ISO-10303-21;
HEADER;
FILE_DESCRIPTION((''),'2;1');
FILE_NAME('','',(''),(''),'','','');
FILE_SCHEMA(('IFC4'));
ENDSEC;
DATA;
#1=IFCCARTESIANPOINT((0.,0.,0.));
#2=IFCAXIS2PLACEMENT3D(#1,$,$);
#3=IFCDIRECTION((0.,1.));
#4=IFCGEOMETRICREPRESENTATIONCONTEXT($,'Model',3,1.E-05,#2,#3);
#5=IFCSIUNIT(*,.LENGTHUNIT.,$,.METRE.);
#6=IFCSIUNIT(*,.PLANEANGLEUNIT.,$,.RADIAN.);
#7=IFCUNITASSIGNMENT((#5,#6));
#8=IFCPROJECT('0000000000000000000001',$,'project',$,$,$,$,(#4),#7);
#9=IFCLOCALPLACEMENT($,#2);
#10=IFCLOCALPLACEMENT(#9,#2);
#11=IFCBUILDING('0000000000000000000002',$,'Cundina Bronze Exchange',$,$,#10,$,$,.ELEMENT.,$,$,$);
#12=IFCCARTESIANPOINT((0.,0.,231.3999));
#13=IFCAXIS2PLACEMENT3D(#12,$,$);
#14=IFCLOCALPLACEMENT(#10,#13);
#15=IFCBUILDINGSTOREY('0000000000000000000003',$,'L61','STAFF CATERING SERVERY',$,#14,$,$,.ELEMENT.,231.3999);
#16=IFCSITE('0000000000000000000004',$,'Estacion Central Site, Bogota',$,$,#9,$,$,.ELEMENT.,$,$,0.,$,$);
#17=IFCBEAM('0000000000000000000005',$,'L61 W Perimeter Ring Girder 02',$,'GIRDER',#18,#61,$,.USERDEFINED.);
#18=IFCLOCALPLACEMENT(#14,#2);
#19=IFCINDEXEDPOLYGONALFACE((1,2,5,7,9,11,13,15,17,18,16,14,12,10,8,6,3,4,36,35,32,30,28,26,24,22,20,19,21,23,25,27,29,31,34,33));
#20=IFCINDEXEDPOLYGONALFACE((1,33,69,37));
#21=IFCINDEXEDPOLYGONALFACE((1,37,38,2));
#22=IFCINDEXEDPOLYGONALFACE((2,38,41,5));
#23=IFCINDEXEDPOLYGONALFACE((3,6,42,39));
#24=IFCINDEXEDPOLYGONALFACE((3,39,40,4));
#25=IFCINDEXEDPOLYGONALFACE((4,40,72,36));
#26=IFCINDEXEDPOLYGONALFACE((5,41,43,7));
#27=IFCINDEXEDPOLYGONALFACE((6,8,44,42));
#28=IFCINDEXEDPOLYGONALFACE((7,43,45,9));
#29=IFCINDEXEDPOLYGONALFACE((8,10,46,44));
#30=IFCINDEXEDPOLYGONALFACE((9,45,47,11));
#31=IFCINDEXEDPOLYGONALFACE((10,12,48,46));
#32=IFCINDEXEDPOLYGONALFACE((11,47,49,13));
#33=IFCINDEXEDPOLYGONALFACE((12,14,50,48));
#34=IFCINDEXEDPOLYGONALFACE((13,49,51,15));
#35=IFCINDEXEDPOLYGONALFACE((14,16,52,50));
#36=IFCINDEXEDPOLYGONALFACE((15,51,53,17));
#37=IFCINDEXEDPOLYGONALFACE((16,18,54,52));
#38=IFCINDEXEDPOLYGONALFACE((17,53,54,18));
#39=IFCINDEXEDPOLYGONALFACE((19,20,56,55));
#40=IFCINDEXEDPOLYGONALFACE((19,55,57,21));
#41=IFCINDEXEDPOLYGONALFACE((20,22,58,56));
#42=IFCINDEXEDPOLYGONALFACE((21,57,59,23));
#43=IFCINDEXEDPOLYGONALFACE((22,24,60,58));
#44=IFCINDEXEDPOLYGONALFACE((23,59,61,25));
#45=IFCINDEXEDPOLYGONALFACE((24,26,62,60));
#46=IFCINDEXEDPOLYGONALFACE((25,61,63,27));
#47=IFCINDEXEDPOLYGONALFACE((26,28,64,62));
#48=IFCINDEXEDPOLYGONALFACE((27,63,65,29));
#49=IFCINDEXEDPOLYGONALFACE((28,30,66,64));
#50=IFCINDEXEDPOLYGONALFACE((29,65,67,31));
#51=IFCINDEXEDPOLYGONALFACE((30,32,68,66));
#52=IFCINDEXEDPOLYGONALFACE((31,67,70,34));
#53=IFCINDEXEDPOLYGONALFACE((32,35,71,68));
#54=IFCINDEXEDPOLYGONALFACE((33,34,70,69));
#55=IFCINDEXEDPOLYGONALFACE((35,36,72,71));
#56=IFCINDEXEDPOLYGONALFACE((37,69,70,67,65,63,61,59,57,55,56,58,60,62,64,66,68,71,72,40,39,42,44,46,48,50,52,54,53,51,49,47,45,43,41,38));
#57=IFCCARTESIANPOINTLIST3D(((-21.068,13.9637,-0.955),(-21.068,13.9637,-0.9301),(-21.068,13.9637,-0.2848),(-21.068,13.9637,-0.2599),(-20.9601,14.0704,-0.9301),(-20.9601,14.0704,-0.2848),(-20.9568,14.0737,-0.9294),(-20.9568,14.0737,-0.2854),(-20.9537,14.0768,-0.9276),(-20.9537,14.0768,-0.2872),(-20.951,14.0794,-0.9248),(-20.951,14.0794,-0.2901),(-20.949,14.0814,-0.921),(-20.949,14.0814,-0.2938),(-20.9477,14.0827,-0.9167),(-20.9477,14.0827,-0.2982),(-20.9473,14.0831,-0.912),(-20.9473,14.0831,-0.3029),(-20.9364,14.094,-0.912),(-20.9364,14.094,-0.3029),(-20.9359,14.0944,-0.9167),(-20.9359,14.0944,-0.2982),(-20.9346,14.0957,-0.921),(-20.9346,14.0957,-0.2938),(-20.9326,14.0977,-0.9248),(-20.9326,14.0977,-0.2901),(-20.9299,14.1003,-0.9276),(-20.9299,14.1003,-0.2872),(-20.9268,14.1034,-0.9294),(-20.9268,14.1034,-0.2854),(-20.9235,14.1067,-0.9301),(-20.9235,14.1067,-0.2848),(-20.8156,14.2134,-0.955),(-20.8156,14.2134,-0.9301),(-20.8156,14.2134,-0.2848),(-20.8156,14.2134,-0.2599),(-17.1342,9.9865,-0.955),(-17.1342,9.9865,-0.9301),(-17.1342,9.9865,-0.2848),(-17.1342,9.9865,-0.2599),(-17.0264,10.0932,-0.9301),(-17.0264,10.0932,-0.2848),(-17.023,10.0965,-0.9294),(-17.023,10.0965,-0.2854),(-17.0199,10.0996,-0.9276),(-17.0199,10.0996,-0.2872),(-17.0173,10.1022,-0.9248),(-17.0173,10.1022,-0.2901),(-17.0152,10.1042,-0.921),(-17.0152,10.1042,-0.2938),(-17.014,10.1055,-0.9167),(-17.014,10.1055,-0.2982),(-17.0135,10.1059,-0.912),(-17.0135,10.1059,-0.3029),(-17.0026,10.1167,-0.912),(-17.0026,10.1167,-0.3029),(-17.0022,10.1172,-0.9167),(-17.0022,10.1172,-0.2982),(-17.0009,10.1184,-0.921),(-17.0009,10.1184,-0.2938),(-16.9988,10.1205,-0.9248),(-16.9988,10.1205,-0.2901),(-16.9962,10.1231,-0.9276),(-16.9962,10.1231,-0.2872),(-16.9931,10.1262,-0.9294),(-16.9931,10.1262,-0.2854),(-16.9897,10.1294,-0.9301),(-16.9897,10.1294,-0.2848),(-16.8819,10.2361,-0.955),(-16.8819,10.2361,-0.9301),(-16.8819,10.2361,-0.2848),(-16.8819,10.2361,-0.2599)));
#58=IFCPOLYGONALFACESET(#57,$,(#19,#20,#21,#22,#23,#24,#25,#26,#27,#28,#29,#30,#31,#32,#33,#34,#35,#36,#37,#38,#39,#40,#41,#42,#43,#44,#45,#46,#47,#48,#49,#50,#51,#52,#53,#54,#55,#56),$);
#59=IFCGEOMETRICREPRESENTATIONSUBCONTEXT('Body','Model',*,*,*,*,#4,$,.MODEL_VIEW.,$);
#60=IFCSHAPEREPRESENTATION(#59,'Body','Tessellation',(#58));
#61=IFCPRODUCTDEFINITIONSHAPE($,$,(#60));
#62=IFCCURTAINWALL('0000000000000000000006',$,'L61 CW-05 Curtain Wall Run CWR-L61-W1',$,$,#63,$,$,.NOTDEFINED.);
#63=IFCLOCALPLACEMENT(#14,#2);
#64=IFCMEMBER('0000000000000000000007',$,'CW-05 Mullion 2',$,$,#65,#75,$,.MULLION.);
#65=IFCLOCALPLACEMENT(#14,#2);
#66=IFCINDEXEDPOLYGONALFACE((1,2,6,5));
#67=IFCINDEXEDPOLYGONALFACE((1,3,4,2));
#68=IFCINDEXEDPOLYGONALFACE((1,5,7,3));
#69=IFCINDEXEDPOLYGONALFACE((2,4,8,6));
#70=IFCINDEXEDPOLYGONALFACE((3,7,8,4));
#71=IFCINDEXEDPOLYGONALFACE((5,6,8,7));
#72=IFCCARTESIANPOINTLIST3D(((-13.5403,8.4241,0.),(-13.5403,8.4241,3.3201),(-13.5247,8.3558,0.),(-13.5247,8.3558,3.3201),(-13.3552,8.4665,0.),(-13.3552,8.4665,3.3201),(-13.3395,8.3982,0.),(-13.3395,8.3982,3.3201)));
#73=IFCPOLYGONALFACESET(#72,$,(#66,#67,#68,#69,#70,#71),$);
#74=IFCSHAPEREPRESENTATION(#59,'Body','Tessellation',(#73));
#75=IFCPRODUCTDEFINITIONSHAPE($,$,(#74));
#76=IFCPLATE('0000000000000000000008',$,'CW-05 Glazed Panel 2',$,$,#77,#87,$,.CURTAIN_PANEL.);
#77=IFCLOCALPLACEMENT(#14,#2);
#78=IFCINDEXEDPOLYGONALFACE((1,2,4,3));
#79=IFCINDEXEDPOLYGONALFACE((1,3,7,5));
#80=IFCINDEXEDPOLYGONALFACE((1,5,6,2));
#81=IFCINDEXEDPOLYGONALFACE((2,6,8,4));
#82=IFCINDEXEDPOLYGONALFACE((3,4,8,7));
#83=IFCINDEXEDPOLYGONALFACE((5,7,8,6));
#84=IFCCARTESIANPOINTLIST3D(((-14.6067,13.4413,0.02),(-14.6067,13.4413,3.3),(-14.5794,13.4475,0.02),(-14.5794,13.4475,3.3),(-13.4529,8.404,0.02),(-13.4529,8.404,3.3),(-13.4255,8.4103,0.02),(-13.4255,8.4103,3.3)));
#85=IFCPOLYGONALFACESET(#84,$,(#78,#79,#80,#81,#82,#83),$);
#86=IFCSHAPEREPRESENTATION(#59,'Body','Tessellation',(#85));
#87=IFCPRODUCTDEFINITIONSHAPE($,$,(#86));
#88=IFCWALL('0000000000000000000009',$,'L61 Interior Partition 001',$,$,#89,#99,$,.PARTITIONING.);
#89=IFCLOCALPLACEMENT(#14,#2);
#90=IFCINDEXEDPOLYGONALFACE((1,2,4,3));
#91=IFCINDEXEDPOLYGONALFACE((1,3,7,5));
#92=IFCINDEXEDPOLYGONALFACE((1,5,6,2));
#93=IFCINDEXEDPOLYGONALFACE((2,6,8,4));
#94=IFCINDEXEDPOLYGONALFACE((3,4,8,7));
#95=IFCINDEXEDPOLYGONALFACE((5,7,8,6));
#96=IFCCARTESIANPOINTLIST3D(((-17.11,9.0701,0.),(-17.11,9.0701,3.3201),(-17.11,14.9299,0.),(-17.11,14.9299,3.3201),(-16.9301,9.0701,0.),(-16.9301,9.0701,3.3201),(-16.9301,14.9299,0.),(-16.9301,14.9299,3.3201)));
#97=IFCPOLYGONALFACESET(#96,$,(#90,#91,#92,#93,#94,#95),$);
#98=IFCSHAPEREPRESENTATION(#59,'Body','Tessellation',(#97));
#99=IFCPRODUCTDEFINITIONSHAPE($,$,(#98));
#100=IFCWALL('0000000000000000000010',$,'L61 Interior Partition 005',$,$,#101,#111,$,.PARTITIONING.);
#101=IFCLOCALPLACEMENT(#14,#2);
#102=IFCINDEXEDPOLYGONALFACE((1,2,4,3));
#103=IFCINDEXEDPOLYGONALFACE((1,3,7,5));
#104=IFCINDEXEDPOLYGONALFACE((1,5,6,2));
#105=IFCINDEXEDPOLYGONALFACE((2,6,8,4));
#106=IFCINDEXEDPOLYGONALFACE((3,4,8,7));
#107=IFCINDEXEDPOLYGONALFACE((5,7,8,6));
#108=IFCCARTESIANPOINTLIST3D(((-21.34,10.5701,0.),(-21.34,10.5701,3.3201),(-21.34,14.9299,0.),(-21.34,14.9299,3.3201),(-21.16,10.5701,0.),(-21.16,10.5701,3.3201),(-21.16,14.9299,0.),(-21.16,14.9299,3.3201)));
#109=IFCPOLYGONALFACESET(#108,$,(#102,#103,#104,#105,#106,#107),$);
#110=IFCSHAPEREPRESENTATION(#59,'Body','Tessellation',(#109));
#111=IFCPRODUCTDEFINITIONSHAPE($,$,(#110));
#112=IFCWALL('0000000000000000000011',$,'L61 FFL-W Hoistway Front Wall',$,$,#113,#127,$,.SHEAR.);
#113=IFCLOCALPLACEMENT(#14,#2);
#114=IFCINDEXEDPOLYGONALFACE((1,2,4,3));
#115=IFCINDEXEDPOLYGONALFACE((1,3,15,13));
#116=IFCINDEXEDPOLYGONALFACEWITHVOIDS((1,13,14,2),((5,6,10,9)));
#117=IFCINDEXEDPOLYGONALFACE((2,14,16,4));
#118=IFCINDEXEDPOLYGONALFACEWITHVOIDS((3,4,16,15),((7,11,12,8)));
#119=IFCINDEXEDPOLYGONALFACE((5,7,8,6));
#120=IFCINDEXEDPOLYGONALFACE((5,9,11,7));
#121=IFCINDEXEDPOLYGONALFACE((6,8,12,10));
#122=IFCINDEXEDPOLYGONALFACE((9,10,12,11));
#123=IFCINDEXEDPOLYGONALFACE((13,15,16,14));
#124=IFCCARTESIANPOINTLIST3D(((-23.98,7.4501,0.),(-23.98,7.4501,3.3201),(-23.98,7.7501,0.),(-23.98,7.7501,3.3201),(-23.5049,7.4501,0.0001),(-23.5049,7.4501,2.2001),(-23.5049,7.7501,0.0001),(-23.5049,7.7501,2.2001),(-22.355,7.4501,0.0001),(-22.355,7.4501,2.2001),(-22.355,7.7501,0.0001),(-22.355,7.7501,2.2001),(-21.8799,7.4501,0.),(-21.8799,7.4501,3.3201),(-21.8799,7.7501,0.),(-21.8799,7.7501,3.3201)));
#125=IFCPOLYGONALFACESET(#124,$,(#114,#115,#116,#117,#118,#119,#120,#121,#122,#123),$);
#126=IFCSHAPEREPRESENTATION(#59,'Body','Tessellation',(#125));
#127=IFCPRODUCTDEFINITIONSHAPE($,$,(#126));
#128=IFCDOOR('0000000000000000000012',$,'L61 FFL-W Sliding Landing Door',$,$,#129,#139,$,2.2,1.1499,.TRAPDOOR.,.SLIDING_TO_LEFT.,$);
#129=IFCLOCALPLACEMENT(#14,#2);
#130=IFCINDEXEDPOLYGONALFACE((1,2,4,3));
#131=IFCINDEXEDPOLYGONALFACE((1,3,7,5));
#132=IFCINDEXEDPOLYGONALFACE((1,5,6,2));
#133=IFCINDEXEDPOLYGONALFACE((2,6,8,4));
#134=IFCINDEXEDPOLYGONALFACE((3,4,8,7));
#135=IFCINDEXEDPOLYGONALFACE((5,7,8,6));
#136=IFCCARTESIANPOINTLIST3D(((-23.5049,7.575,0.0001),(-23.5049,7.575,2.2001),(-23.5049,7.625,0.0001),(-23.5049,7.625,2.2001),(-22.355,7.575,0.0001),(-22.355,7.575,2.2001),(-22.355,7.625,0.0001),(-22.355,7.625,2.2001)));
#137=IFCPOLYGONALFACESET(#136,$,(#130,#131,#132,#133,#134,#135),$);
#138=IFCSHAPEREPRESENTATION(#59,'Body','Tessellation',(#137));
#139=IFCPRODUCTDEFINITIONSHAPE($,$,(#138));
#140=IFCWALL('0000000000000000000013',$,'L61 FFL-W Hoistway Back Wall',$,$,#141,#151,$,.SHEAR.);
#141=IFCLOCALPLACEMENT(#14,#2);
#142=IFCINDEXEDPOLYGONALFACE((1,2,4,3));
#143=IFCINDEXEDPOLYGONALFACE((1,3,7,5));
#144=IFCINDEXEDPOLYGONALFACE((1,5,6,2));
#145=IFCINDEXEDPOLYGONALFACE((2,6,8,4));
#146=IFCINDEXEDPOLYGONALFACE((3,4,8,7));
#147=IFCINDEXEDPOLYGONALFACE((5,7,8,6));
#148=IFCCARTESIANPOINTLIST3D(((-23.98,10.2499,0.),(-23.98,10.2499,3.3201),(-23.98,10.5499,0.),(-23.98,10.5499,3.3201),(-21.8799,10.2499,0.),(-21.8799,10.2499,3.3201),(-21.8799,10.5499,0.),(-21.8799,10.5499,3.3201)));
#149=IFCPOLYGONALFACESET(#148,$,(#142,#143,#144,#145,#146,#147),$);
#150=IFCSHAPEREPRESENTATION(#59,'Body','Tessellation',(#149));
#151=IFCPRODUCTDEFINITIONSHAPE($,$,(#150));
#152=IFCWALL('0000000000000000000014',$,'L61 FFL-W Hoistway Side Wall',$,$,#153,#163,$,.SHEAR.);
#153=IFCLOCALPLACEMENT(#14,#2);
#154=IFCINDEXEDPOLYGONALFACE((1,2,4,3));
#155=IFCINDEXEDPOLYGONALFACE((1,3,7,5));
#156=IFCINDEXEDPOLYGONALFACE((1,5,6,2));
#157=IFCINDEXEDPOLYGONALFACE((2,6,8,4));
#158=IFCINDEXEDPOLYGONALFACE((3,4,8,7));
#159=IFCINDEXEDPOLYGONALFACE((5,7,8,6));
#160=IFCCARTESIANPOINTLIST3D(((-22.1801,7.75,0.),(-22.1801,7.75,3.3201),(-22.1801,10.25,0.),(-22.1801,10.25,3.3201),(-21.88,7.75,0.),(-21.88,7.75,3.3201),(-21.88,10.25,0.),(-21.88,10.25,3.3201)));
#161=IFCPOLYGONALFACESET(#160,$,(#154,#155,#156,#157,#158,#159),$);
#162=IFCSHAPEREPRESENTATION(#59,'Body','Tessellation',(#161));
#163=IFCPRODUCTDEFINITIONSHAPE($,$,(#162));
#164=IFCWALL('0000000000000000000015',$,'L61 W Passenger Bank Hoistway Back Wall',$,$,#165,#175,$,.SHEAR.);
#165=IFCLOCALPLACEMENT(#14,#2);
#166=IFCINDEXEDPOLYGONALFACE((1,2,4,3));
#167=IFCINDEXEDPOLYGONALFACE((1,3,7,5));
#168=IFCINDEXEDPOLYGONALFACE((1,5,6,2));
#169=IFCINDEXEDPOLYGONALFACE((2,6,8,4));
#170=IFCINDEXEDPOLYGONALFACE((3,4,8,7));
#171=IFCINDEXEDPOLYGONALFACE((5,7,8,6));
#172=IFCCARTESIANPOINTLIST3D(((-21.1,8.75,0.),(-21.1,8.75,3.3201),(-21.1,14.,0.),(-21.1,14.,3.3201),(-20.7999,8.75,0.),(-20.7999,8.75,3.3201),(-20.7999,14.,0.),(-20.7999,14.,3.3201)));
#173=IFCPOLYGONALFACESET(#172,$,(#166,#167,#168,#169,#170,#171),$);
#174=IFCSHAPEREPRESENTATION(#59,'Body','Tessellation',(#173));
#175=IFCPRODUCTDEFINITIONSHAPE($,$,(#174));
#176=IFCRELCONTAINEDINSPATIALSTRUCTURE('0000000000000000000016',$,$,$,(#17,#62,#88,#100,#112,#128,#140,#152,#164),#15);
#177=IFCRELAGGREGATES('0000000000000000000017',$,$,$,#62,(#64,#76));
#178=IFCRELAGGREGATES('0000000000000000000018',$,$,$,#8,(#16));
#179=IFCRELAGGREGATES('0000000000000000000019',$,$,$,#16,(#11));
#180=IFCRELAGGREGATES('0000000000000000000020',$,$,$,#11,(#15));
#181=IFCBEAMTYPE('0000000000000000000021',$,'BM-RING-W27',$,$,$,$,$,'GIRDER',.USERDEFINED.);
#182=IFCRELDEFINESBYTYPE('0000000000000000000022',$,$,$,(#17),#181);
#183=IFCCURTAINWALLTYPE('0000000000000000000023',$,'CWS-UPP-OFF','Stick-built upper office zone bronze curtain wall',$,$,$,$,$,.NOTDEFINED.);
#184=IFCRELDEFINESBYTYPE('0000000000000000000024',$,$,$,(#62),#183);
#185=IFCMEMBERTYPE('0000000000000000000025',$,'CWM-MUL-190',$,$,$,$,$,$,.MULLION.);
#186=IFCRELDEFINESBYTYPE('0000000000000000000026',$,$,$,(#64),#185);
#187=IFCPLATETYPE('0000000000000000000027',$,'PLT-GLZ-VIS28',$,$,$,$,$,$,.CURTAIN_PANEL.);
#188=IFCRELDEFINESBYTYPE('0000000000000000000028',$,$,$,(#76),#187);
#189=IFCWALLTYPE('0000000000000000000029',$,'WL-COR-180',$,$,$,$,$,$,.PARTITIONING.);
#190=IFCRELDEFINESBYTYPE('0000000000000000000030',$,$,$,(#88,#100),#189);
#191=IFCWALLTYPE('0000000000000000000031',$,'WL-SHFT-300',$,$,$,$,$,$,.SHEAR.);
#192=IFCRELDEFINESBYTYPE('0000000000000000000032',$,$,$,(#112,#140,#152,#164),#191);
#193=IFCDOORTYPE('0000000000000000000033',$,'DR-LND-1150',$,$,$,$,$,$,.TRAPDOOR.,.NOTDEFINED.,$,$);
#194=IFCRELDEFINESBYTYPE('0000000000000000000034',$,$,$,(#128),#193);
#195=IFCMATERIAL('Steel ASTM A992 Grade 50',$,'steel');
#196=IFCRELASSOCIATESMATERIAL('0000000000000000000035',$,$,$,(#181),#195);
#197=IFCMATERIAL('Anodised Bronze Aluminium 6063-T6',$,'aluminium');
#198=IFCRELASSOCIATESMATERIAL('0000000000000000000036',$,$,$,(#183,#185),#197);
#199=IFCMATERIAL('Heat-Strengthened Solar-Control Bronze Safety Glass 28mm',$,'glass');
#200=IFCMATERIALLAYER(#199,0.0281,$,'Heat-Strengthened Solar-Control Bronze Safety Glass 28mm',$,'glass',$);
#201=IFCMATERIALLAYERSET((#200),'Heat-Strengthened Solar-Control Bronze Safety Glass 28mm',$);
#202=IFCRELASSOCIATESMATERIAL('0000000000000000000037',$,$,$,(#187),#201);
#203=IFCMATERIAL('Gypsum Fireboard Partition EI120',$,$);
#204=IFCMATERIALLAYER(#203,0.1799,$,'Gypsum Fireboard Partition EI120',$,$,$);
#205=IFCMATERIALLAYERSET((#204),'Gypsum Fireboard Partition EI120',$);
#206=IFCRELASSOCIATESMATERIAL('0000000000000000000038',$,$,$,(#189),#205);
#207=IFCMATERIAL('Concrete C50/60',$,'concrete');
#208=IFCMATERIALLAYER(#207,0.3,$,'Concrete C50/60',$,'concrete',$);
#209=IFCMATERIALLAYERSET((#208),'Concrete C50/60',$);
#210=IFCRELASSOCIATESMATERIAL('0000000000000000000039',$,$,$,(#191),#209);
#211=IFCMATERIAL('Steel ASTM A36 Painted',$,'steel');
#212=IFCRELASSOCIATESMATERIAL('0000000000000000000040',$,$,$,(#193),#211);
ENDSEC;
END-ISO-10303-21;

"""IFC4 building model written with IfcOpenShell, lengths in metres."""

from ifc_helpers import new_model, si_unit, direction, frame, frame_2d, origin, origin_2d, place, context, subcontext, project, spatial, rectangle, i_section, extrude, material, layer, layer_set, material_profile, profile_set, type_object, element, fill, aggregate, save


model = new_model("IFC4")

# Units and contexts
model_context = context("Model", 3, precision=1e-05, world=origin(), true_north=direction((0.0, 1.0)))
body_context = subcontext(model_context, "Body", "Model", "MODEL_VIEW")
ifc_project = project(units=[si_unit("LENGTHUNIT", "METRE"), si_unit("PLANEANGLEUNIT", "RADIAN")], contexts=[model_context])

# Site, building, storey
site_placement = place(None, origin())
site = spatial("IfcSite", under=ifc_project, at=site_placement, Name="Estacion Central Site, Bogota", CompositionType="ELEMENT", RefElevation=0.0)
building_placement = place(site_placement, origin())
building = spatial("IfcBuilding", under=site, at=building_placement, Name="Cundina Bronze Exchange", CompositionType="ELEMENT")
storey_placement = place(building_placement, frame((0.0, 0.0, 231.3999)))
storey = spatial("IfcBuildingStorey", under=building, at=storey_placement, Name="L61", Description="STAFF CATERING SERVERY", CompositionType="ELEMENT", Elevation=231.3999)

# Shared definitions
ifc_material_1 = material(Name="Concrete C50/60", Category="concrete")

# Beam
ifc_material_2 = material(Name="Steel ASTM A992 Grade 50", Category="steel")
ifc_material_profile_1 = material_profile(ifc_material_2, i_section(OverallWidth=0.355, OverallDepth=0.6951, WebThickness=0.0154, FlangeThickness=0.0249, FilletRadius=0.0181, at=origin_2d()), Name="W27X146", Category="steel")
ifc_profile_set_1 = profile_set([ifc_material_profile_1], Name="Steel ASTM A992 Grade 50")
beam_type_1 = type_object("IfcBeamType", Name="BM-RING-W27", ElementType="GIRDER", PredefinedType="USERDEFINED", material=ifc_profile_set_1)
beam_1_placement = place(storey_placement, frame((-17.0081, 10.1113, -0.6074), z_axis=(-0.703212, 0.71098, 0.0), x_axis=(-0.71098, -0.703212, 0.0)))
element("IfcBeam", 1, at=beam_1_placement, inside=storey, type_object=beam_type_1, Name="L61 W Perimeter Ring Girder 02", ObjectType="GIRDER", PredefinedType="USERDEFINED", context=body_context, shape_type="SweptSolid", body=[
    extrude(i_section(OverallWidth=0.355, OverallDepth=0.6951, WebThickness=0.0154, FlangeThickness=0.0249, FilletRadius=0.0181, at=origin_2d()), origin(), (0.0, 0.0, 1.0), 5.594),
])

# Curtain wall, member, plate
ifc_material_3 = material(Name="Anodised Bronze Aluminium 6063-T6", Category="aluminium")
curtain_wall_type = type_object("IfcCurtainWallType", Name="CWS-UPP-OFF", Description="Stick-built upper office zone bronze curtain wall", PredefinedType="NOTDEFINED", material=ifc_material_3)
curtain_wall_placement = place(storey_placement, origin())
curtain_wall = element("IfcCurtainWall", 2, at=curtain_wall_placement, inside=storey, type_object=curtain_wall_type, Name="L61 CW-05 Curtain Wall Run CWR-L61-W1", PredefinedType="NOTDEFINED")
ifc_material_profile_2 = material_profile(ifc_material_3, rectangle(XDim=0.0701, YDim=0.1899, at=origin_2d()), Name="AL70X190", Category="aluminium")
ifc_profile_set_2 = profile_set([ifc_material_profile_2], Name="Anodised Bronze Aluminium 6063-T6")
member_type = type_object("IfcMemberType", Name="CWM-MUL-190", PredefinedType="MULLION", material=ifc_profile_set_2)
member_placement = place(storey_placement, frame((-13.4399, 8.4111, 0.0), z_axis=(0.0, 0.0, 1.0), x_axis=(-0.22325, 0.974761, 0.0)))
member = element("IfcMember", 3, at=member_placement, type_object=member_type, Name="CW-05 Mullion 2", PredefinedType="MULLION", context=body_context, shape_type="SweptSolid", body=[
    extrude(rectangle(XDim=0.0701, YDim=0.1899, at=origin_2d()), origin(), (0.0, 0.0, 1.0), 3.3201),
])
ifc_material_4 = material(Name="Heat-Strengthened Solar-Control Bronze Safety Glass 28mm", Category="glass")
ifc_layer_1 = layer(ifc_material_4, 0.0281, Name="Heat-Strengthened Solar-Control Bronze Safety Glass 28mm", Category="glass")
ifc_layer_set_1 = layer_set([ifc_layer_1], Name="Heat-Strengthened Solar-Control Bronze Safety Glass 28mm")
plate_type = type_object("IfcPlateType", Name="PLT-GLZ-VIS28", PredefinedType="CURTAIN_PANEL", material=ifc_layer_set_1)
plate_placement = place(storey_placement, frame((-14.0161, 10.9258, 0.02), z_axis=(0.0, 0.0, 1.0), x_axis=(-0.223284, 0.974753, 0.0)))
plate = element("IfcPlate", 4, at=plate_placement, type_object=plate_type, Name="CW-05 Glazed Panel 2", PredefinedType="CURTAIN_PANEL", context=body_context, shape_type="SweptSolid", body=[
    extrude(rectangle(XDim=5.1677, YDim=0.0281, at=origin_2d()), origin(), (0.0, 0.0, 1.0), 3.28),
])
aggregate(curtain_wall, [member, plate])

# Walls
ifc_material_5 = material(Name="Gypsum Fireboard Partition EI120")
ifc_layer_2 = layer(ifc_material_5, 0.1799, Name="Gypsum Fireboard Partition EI120")
ifc_layer_set_2 = layer_set([ifc_layer_2], Name="Gypsum Fireboard Partition EI120")
wall_type_1 = type_object("IfcWallType", Name="WL-COR-180", PredefinedType="PARTITIONING", material=ifc_layer_set_2)
wall_1_placement = place(storey_placement, frame((-17.02, 9.0701, 0.0), z_axis=(0.0, 0.0, 1.0), x_axis=(0.0, 1.0, 0.0)))
element("IfcWall", 5, at=wall_1_placement, inside=storey, type_object=wall_type_1, Name="L61 Interior Partition 001", PredefinedType="PARTITIONING", context=body_context, shape_type="SweptSolid", body=[
    extrude(rectangle(XDim=5.8599, YDim=0.1799, at=frame_2d((2.9299, 0.0))), origin(), (0.0, 0.0, 1.0), 3.3201),
])
wall_2_placement = place(storey_placement, frame((-21.25, 10.5701, 0.0), z_axis=(0.0, 0.0, 1.0), x_axis=(0.0, 1.0, 0.0)))
element("IfcWall", 6, at=wall_2_placement, inside=storey, type_object=wall_type_1, Name="L61 Interior Partition 005", PredefinedType="PARTITIONING", context=body_context, shape_type="SweptSolid", body=[
    extrude(rectangle(XDim=4.3599, YDim=0.1799, at=frame_2d((2.1799, 0.0))), origin(), (0.0, 0.0, 1.0), 3.3201),
])

# Wall, opening, door
ifc_layer_3 = layer(ifc_material_1, 0.3, Name="Concrete C50/60", Category="concrete")
ifc_layer_set_3 = layer_set([ifc_layer_3], Name="Concrete C50/60")
wall_type_2 = type_object("IfcWallType", Name="WL-SHFT-300", PredefinedType="SHEAR", material=ifc_layer_set_3)
wall_3_placement = place(storey_placement, frame((-23.98, 7.6001, 0.0), z_axis=(0.0, 0.0, 1.0), x_axis=(1.0, 0.0, 0.0)))
wall_3 = element("IfcWall", 7, at=wall_3_placement, inside=storey, type_object=wall_type_2, Name="L61 FFL-W Hoistway Front Wall", PredefinedType="SHEAR", context=body_context, shape_type="SweptSolid", body=[
    extrude(rectangle(XDim=2.1001, YDim=0.3, at=frame_2d((1.05, 0.0))), origin(), (0.0, 0.0, 1.0), 3.3201),
])
opening_1_placement = place(wall_3_placement, frame((0.4751, 0.0, 0.0)))
opening_1 = element("IfcOpeningElement", 8, at=opening_1_placement, cuts=wall_3, PredefinedType="OPENING", context=body_context, shape_type="SweptSolid", body=[
    extrude(rectangle(XDim=1.1499, YDim=2.2, at=frame_2d((0.575, 1.1001))), frame((0.0, 0.1599, 0.0), z_axis=(0.0, -1.0, 0.0), x_axis=(1.0, 0.0, 0.0)), (0.0, 0.0, 1.0), 0.3201),
])
ifc_material_6 = material(Name="Steel ASTM A36 Painted", Category="steel")
door_type = type_object("IfcDoorType", Name="DR-LND-1150", OperationType="NOTDEFINED", PredefinedType="TRAPDOOR", material=ifc_material_6)
door_1_placement = place(opening_1_placement, origin())
door_1 = element("IfcDoor", 9, at=door_1_placement, inside=storey, type_object=door_type, Name="L61 FFL-W Sliding Landing Door", OperationType="SLIDING_TO_LEFT", OverallHeight=2.2, OverallWidth=1.1499, PredefinedType="TRAPDOOR", context=body_context, shape_type="SweptSolid", body=[
    extrude(rectangle(XDim=1.1499, YDim=2.2, at=frame_2d((0.575, 1.1001))), frame((0.0, 0.0249, 0.0), z_axis=(0.0, -1.0, 0.0), x_axis=(1.0, 0.0, 0.0)), (0.0, 0.0, 1.0), 0.05),
])
fill(opening_1, door_1)

# Walls
wall_4_placement = place(storey_placement, frame((-23.98, 10.3999, 0.0), z_axis=(0.0, 0.0, 1.0), x_axis=(1.0, 0.0, 0.0)))
element("IfcWall", 10, at=wall_4_placement, inside=storey, type_object=wall_type_2, Name="L61 FFL-W Hoistway Back Wall", PredefinedType="SHEAR", context=body_context, shape_type="SweptSolid", body=[
    extrude(rectangle(XDim=2.1001, YDim=0.3, at=frame_2d((1.05, 0.0))), origin(), (0.0, 0.0, 1.0), 3.3201),
])
wall_5_placement = place(storey_placement, frame((-22.03, 7.75, 0.0), z_axis=(0.0, 0.0, 1.0), x_axis=(0.0, 1.0, 0.0)))
element("IfcWall", 11, at=wall_5_placement, inside=storey, type_object=wall_type_2, Name="L61 FFL-W Hoistway Side Wall", PredefinedType="SHEAR", context=body_context, shape_type="SweptSolid", body=[
    extrude(rectangle(XDim=2.5, YDim=0.3, at=frame_2d((1.25, 0.0))), origin(), (0.0, 0.0, 1.0), 3.3201),
])
wall_6_placement = place(storey_placement, frame((-20.95, 8.75, 0.0), z_axis=(0.0, 0.0, 1.0), x_axis=(0.0, 1.0, 0.0)))
element("IfcWall", 12, at=wall_6_placement, inside=storey, type_object=wall_type_2, Name="L61 W Passenger Bank Hoistway Back Wall", PredefinedType="SHEAR", context=body_context, shape_type="SweptSolid", body=[
    extrude(rectangle(XDim=5.25, YDim=0.3, at=frame_2d((2.625, 0.0))), origin(), (0.0, 0.0, 1.0), 3.3201),
])

save(model, "model.ifc")
